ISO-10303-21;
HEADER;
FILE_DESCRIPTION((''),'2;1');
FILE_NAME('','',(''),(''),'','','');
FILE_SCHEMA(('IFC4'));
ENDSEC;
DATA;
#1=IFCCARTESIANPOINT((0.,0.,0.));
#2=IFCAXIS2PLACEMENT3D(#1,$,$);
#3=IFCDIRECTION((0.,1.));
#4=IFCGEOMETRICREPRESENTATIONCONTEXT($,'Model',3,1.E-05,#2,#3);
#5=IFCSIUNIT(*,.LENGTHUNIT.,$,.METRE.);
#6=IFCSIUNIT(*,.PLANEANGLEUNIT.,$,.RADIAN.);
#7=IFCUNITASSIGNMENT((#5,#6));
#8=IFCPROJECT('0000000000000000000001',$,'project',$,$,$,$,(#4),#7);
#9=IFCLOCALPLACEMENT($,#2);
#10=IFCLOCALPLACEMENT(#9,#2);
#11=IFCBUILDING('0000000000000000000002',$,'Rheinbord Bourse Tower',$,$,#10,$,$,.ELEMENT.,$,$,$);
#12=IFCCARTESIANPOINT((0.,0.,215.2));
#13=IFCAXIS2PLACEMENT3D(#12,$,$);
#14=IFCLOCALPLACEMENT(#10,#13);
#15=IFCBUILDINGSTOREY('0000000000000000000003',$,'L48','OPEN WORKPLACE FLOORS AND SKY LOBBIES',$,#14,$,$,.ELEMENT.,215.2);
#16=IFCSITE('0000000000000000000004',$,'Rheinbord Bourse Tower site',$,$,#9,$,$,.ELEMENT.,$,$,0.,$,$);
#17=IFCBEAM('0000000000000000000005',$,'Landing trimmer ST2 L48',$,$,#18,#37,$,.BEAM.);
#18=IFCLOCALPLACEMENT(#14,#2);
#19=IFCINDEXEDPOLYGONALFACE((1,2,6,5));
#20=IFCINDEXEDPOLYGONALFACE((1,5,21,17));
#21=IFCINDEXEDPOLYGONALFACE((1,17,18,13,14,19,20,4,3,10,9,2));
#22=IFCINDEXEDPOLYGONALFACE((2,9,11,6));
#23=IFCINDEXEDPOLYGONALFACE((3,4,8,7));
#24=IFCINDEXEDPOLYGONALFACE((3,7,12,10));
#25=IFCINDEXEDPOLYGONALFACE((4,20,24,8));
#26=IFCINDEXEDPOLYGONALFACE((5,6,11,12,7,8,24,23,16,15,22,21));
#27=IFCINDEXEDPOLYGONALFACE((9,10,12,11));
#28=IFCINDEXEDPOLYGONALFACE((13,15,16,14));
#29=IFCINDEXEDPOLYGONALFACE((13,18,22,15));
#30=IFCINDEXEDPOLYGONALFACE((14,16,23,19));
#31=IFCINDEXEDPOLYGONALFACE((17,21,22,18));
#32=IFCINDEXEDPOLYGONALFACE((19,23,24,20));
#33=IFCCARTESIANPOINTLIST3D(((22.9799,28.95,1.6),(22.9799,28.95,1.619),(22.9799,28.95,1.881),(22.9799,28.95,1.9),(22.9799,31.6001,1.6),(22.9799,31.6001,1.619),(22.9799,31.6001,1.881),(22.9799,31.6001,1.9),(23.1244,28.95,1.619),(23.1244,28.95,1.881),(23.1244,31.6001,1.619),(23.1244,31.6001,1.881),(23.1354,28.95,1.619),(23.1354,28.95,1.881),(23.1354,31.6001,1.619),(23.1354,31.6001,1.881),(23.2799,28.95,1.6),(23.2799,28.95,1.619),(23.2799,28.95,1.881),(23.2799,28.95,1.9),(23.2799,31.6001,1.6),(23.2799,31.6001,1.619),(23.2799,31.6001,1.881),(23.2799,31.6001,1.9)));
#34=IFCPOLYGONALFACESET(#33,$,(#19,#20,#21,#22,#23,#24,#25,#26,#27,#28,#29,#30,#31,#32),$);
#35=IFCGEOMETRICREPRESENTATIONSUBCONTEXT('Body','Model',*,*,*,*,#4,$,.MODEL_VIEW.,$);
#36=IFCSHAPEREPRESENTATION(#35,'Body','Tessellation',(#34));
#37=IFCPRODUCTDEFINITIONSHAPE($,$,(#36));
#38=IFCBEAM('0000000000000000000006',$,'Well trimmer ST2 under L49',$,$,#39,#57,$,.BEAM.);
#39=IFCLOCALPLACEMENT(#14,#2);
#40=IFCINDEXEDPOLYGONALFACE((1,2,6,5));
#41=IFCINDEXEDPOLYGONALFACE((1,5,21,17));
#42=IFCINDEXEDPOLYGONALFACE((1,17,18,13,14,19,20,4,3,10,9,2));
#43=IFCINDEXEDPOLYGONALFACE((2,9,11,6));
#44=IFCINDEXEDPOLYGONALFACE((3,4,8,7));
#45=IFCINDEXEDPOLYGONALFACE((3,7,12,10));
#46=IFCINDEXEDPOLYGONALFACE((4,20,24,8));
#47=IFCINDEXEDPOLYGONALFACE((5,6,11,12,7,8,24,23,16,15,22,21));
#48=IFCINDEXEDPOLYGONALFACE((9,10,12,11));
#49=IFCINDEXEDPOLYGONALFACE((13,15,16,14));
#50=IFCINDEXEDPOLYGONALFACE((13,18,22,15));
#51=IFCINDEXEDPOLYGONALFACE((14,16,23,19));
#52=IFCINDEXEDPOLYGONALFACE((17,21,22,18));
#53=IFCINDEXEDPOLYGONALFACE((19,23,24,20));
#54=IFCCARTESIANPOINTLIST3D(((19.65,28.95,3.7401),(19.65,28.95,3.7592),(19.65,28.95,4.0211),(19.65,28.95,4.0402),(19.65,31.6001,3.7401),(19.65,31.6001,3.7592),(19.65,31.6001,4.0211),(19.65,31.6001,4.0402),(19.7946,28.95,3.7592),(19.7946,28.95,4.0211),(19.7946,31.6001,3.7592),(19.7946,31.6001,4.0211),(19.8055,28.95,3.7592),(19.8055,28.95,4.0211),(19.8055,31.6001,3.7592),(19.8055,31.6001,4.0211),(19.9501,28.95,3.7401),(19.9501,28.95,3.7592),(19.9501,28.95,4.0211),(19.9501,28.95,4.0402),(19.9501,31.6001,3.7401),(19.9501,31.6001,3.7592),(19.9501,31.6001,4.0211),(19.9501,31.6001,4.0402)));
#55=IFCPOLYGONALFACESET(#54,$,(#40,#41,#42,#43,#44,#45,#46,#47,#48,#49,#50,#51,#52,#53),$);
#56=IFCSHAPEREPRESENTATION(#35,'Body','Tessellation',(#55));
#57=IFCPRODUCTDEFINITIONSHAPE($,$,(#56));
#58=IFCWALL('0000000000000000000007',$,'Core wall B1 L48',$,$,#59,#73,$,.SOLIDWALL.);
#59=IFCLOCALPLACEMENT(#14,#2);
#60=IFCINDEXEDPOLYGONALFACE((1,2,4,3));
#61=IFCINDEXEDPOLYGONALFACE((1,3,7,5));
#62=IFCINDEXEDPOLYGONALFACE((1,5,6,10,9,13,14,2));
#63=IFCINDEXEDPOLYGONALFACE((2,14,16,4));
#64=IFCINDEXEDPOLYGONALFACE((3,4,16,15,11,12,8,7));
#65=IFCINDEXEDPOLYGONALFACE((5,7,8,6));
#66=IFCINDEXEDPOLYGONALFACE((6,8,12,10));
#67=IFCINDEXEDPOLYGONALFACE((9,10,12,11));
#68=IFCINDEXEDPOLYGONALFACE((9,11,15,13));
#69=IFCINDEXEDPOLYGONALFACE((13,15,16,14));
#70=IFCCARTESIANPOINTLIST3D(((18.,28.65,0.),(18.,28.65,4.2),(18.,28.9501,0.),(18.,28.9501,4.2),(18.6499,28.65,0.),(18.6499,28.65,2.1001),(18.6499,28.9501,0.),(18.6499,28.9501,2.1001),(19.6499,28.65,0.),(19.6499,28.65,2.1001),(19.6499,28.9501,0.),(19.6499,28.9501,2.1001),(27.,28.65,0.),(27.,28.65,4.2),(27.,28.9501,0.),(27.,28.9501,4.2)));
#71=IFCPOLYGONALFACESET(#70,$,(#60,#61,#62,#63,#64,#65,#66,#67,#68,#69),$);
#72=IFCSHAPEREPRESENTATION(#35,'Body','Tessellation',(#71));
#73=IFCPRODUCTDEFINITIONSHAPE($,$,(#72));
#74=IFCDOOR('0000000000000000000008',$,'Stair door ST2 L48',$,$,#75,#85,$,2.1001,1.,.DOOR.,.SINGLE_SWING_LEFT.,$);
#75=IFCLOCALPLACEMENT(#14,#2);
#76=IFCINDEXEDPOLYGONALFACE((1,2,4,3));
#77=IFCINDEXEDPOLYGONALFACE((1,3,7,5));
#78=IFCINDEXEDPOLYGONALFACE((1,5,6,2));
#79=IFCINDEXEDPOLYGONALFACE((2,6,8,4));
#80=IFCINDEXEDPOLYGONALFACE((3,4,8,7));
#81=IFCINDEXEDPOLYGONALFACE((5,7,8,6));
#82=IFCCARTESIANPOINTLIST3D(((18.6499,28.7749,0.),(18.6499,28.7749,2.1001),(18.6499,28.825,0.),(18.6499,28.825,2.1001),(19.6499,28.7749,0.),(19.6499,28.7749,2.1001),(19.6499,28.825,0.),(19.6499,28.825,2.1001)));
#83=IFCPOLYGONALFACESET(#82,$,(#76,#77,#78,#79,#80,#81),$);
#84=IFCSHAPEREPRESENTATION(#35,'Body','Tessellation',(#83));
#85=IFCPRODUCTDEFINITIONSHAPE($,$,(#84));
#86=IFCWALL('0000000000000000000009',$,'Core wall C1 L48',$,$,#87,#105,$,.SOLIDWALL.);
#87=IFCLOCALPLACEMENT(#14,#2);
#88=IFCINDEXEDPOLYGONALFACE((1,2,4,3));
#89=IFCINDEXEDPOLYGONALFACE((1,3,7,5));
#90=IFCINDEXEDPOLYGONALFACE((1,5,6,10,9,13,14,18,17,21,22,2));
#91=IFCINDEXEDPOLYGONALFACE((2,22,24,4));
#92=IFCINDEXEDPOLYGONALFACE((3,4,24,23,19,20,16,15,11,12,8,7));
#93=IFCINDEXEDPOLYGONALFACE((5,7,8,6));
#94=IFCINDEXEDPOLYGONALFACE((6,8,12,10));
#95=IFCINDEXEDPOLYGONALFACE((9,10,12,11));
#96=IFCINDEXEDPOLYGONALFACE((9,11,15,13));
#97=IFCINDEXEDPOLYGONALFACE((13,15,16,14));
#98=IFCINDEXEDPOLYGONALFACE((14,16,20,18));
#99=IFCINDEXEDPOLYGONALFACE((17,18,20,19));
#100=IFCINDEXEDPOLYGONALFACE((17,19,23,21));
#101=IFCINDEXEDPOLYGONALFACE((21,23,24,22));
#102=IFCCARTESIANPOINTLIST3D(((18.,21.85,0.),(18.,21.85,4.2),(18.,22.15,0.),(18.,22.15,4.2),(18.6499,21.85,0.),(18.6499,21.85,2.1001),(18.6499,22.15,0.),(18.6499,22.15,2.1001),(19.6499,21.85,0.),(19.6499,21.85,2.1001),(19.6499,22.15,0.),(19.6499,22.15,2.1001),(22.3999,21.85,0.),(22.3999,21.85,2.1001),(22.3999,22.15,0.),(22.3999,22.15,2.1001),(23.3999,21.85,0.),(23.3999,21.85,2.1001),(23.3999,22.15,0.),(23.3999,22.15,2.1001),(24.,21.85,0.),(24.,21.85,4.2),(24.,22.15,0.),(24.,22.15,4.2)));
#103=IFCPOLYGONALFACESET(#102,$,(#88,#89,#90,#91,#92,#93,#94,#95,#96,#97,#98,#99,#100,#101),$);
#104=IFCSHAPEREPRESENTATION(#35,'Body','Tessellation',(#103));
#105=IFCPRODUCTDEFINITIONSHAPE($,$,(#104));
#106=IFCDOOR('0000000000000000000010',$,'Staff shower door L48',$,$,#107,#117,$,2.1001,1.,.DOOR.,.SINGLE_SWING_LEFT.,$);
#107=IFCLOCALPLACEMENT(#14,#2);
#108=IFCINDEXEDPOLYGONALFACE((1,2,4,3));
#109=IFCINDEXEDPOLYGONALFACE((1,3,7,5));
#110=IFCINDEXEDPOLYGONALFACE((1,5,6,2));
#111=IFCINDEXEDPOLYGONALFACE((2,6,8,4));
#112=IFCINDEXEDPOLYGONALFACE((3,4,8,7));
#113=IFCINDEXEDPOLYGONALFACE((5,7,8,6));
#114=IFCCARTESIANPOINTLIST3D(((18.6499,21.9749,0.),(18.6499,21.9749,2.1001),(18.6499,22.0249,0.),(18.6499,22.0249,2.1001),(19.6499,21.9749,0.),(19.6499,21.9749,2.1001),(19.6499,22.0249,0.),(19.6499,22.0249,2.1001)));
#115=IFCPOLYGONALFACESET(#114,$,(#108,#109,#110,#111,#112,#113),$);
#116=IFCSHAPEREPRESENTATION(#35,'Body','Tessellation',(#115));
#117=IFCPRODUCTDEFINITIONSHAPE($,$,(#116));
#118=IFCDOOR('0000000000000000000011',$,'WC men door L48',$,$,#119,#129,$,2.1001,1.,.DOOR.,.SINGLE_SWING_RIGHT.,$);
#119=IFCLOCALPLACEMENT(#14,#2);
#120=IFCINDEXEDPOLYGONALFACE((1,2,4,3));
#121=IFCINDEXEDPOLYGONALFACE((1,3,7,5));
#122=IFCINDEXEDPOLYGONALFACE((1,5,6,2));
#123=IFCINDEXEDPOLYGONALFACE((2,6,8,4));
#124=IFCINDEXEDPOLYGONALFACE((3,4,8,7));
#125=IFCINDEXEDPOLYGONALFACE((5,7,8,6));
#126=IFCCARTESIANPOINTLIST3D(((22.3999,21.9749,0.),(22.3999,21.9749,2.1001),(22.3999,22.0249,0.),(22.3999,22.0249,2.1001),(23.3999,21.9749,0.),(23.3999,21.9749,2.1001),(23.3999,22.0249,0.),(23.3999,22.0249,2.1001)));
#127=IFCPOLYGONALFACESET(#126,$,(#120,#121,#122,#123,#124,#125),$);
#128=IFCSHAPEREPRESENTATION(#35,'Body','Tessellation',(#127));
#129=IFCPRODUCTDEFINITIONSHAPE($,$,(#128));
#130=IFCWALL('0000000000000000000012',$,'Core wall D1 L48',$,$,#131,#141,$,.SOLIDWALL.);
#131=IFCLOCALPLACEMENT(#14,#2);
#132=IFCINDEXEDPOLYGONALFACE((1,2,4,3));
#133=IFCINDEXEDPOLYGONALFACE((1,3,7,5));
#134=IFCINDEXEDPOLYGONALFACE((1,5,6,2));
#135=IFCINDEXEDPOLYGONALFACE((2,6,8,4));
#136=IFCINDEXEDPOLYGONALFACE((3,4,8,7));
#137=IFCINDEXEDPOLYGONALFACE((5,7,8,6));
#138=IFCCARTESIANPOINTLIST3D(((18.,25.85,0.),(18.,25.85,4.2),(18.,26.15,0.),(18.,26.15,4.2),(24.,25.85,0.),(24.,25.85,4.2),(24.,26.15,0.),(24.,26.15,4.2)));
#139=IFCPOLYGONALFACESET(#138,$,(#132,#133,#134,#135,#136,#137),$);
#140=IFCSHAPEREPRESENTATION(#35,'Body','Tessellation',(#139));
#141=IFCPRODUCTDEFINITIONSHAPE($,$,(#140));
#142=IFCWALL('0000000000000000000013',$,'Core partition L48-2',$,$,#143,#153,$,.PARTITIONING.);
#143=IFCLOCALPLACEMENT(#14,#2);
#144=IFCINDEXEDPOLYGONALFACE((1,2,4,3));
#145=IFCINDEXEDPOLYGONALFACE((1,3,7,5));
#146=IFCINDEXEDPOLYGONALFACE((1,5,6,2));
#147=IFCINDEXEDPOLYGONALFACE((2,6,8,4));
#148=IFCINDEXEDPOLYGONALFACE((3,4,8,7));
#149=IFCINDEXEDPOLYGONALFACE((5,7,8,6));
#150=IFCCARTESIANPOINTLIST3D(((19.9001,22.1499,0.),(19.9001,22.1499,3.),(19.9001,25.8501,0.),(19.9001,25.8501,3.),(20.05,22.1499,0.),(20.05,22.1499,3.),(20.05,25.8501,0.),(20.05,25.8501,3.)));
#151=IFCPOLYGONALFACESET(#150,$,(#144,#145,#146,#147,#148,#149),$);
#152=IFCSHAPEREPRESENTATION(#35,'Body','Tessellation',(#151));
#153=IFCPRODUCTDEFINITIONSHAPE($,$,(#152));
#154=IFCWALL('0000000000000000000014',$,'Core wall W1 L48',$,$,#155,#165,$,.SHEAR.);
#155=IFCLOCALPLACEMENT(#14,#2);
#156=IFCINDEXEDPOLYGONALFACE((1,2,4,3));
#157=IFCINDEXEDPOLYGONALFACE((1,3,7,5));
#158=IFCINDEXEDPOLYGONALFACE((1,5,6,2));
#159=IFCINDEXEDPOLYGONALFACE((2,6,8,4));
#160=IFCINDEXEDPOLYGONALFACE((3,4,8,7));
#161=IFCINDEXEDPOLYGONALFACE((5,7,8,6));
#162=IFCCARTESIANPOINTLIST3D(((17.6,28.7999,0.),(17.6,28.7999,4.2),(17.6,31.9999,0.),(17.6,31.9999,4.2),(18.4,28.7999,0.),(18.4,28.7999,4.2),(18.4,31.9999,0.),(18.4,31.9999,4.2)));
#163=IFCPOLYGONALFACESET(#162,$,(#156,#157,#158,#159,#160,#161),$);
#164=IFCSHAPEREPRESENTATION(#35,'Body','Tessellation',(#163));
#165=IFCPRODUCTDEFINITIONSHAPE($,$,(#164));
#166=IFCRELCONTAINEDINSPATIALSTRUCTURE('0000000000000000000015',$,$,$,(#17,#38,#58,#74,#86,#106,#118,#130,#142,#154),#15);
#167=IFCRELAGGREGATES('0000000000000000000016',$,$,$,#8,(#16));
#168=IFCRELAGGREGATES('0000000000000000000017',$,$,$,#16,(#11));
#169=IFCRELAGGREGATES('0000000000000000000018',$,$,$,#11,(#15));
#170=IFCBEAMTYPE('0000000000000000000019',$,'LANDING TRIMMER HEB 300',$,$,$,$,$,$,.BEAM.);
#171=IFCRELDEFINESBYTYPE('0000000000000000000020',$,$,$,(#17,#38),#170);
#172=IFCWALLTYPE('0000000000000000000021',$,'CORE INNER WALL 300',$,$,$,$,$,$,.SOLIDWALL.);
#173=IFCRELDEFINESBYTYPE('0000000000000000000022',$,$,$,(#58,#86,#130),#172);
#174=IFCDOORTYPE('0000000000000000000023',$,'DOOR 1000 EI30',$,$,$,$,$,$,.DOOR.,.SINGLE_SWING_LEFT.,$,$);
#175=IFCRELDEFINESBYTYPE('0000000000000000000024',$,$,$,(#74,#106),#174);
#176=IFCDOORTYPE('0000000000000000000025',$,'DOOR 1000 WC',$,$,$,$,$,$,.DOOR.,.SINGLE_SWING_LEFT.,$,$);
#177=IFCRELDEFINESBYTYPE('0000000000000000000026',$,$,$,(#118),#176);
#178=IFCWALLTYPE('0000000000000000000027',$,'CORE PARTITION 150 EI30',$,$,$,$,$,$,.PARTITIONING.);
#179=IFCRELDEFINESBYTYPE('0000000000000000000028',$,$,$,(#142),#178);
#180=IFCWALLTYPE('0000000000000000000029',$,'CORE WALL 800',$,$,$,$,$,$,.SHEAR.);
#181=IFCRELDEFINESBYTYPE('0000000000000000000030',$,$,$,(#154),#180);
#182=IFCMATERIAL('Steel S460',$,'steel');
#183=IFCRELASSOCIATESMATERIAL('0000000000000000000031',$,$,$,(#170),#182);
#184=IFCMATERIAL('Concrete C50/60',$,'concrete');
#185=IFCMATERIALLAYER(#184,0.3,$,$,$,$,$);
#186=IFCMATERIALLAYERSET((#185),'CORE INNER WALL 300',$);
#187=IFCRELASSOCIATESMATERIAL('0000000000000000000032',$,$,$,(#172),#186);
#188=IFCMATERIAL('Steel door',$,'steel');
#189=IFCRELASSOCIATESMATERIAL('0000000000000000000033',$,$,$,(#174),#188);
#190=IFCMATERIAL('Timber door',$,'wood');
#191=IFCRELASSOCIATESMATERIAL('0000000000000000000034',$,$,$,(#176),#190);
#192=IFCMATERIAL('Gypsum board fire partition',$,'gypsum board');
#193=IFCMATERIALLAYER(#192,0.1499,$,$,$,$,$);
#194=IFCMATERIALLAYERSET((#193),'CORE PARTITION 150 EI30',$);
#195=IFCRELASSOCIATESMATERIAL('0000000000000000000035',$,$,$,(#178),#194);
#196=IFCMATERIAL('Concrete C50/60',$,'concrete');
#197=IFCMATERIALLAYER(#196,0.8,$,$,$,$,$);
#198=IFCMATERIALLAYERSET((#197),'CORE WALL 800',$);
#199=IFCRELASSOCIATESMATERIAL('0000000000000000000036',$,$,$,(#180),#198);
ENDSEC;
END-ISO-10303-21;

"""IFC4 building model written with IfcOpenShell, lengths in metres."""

from ifc_helpers import new_model, si_unit, direction, frame, frame_2d, origin, origin_2d, place, context, subcontext, project, spatial, rectangle, i_section, extrude, material, layer, layer_set, material_profile, profile_set, type_object, element, fill, save


model = new_model("IFC4")

# Units and contexts
model_context = context("Model", 3, precision=1e-05, world=origin(), true_north=direction((0.0, 1.0)))
body_context = subcontext(model_context, "Body", "Model", "MODEL_VIEW")
ifc_project = project(units=[si_unit("LENGTHUNIT", "METRE"), si_unit("PLANEANGLEUNIT", "RADIAN")], contexts=[model_context])

# Site, building, storey
site_placement = place(None, origin())
site = spatial("IfcSite", under=ifc_project, at=site_placement, Name="Rheinbord Bourse Tower site", CompositionType="ELEMENT", RefElevation=0.0)
building_placement = place(site_placement, origin())
building = spatial("IfcBuilding", under=site, at=building_placement, Name="Rheinbord Bourse Tower", CompositionType="ELEMENT")
storey_placement = place(building_placement, frame((0.0, 0.0, 215.2)))
storey = spatial("IfcBuildingStorey", under=building, at=storey_placement, Name="L48", Description="OPEN WORKPLACE FLOORS AND SKY LOBBIES", CompositionType="ELEMENT", Elevation=215.2)

# Beams
ifc_material_1 = material(Name="Steel S460", Category="steel")
ifc_material_profile = material_profile(ifc_material_1, i_section(OverallWidth=0.3, OverallDepth=0.3, WebThickness=0.011, FlangeThickness=0.019, at=origin_2d()), Name="HEB 300")
ifc_profile_set = profile_set([ifc_material_profile], Name="Steel S460")
beam_type = type_object("IfcBeamType", Name="LANDING TRIMMER HEB 300", PredefinedType="BEAM", material=ifc_profile_set)
for number, where, z_axis, x_axis, name in (
    (1, (23.1299, 28.95, 1.75), (0.0, 1.0, 0.0), (-1.0, 0.0, 0.0), "Landing trimmer ST2 L48"),
    (2, (19.8, 28.95, 3.8901), (0.0, 1.0, 0.0), (-1.0, 0.0, 0.0), "Well trimmer ST2 under L49"),
):
    element("IfcBeam", number, at=place(storey_placement, frame(where, z_axis=z_axis, x_axis=x_axis)), inside=storey, type_object=beam_type, Name=name, PredefinedType="BEAM", context=body_context, shape_type="SweptSolid", body=[
        extrude(i_section(OverallWidth=0.3, OverallDepth=0.3, WebThickness=0.011, FlangeThickness=0.019, at=origin_2d()), origin(), (0.0, 0.0, 1.0), 2.6501),
    ])

# Wall, opening, door
ifc_material_2 = material(Name="Concrete C50/60", Category="concrete")
ifc_layer_1 = layer(ifc_material_2, 0.3)
ifc_layer_set_1 = layer_set([ifc_layer_1], Name="CORE INNER WALL 300")
wall_type_1 = type_object("IfcWallType", Name="CORE INNER WALL 300", PredefinedType="SOLIDWALL", material=ifc_layer_set_1)
wall_1_placement = place(storey_placement, frame((18.0, 28.8, 0.0), z_axis=(0.0, 0.0, 1.0), x_axis=(1.0, 0.0, 0.0)))
wall_1 = element("IfcWall", 3, at=wall_1_placement, inside=storey, type_object=wall_type_1, Name="Core wall B1 L48", PredefinedType="SOLIDWALL", context=body_context, shape_type="SweptSolid", body=[
    extrude(rectangle(XDim=9.0, YDim=0.3, at=frame_2d((4.5, 0.0))), origin(), (0.0, 0.0, 1.0), 4.2),
])
opening_1_placement = place(wall_1_placement, frame((0.6499, 0.0, 0.0)))
opening_1 = element("IfcOpeningElement", 4, at=opening_1_placement, cuts=wall_1, PredefinedType="OPENING", context=body_context, shape_type="SweptSolid", body=[
    extrude(rectangle(XDim=1.0, YDim=2.1001, at=frame_2d((0.5, 1.05))), frame((0.0, 0.1599, 0.0), z_axis=(0.0, -1.0, 0.0), x_axis=(1.0, 0.0, 0.0)), (0.0, 0.0, 1.0), 0.3201),
])
ifc_material_3 = material(Name="Steel door", Category="steel")
door_type_1 = type_object("IfcDoorType", Name="DOOR 1000 EI30", OperationType="SINGLE_SWING_LEFT", PredefinedType="DOOR", material=ifc_material_3)
door_1_placement = place(opening_1_placement, origin())
door_1 = element("IfcDoor", 5, at=door_1_placement, inside=storey, type_object=door_type_1, Name="Stair door ST2 L48", OperationType="SINGLE_SWING_LEFT", OverallHeight=2.1001, OverallWidth=1.0, PredefinedType="DOOR", context=body_context, shape_type="SweptSolid", body=[
    extrude(rectangle(XDim=1.0, YDim=2.1001, at=frame_2d((0.5, 1.05))), frame((0.0, 0.0249, 0.0), z_axis=(0.0, -1.0, 0.0), x_axis=(1.0, 0.0, 0.0)), (0.0, 0.0, 1.0), 0.05),
])
fill(opening_1, door_1)

# Wall, openings, doors
wall_2_placement = place(storey_placement, frame((18.0, 22.0, 0.0), z_axis=(0.0, 0.0, 1.0), x_axis=(1.0, 0.0, 0.0)))
wall_2 = element("IfcWall", 6, at=wall_2_placement, inside=storey, type_object=wall_type_1, Name="Core wall C1 L48", PredefinedType="SOLIDWALL", context=body_context, shape_type="SweptSolid", body=[
    extrude(rectangle(XDim=6.0, YDim=0.3, at=frame_2d((3.0, 0.0))), origin(), (0.0, 0.0, 1.0), 4.2),
])
opening_2_placement = place(wall_2_placement, frame((4.3999, 0.0, 0.0)))
opening_2 = element("IfcOpeningElement", 7, at=opening_2_placement, cuts=wall_2, PredefinedType="OPENING", context=body_context, shape_type="SweptSolid", body=[
    extrude(rectangle(XDim=1.0, YDim=2.1001, at=frame_2d((0.5, 1.05))), frame((0.0, 0.1599, 0.0), z_axis=(0.0, -1.0, 0.0), x_axis=(1.0, 0.0, 0.0)), (0.0, 0.0, 1.0), 0.3201),
])
opening_3_placement = place(wall_2_placement, frame((0.6499, 0.0, 0.0)))
opening_3 = element("IfcOpeningElement", 8, at=opening_3_placement, cuts=wall_2, PredefinedType="OPENING", context=body_context, shape_type="SweptSolid", body=[
    extrude(rectangle(XDim=1.0, YDim=2.1001, at=frame_2d((0.5, 1.05))), frame((0.0, 0.1599, 0.0), z_axis=(0.0, -1.0, 0.0), x_axis=(1.0, 0.0, 0.0)), (0.0, 0.0, 1.0), 0.3201),
])
door_2_placement = place(opening_3_placement, origin())
door_2 = element("IfcDoor", 9, at=door_2_placement, inside=storey, type_object=door_type_1, Name="Staff shower door L48", OperationType="SINGLE_SWING_LEFT", OverallHeight=2.1001, OverallWidth=1.0, PredefinedType="DOOR", context=body_context, shape_type="SweptSolid", body=[
    extrude(rectangle(XDim=1.0, YDim=2.1001, at=frame_2d((0.5, 1.05))), frame((0.0, 0.0249, 0.0), z_axis=(0.0, -1.0, 0.0), x_axis=(1.0, 0.0, 0.0)), (0.0, 0.0, 1.0), 0.05),
])
fill(opening_3, door_2)
ifc_material_4 = material(Name="Timber door", Category="wood")
door_type_2 = type_object("IfcDoorType", Name="DOOR 1000 WC", OperationType="SINGLE_SWING_LEFT", PredefinedType="DOOR", material=ifc_material_4)
door_3_placement = place(opening_2_placement, origin())
door_3 = element("IfcDoor", 10, at=door_3_placement, inside=storey, type_object=door_type_2, Name="WC men door L48", OperationType="SINGLE_SWING_RIGHT", OverallHeight=2.1001, OverallWidth=1.0, PredefinedType="DOOR", context=body_context, shape_type="SweptSolid", body=[
    extrude(rectangle(XDim=1.0, YDim=2.1001, at=frame_2d((0.5, 1.05))), frame((0.0, 0.0249, 0.0), z_axis=(0.0, -1.0, 0.0), x_axis=(1.0, 0.0, 0.0)), (0.0, 0.0, 1.0), 0.05),
])
fill(opening_2, door_3)

# Walls
wall_3_placement = place(storey_placement, frame((18.0, 26.0, 0.0), z_axis=(0.0, 0.0, 1.0), x_axis=(1.0, 0.0, 0.0)))
element("IfcWall", 11, at=wall_3_placement, inside=storey, type_object=wall_type_1, Name="Core wall D1 L48", PredefinedType="SOLIDWALL", context=body_context, shape_type="SweptSolid", body=[
    extrude(rectangle(XDim=6.0, YDim=0.3, at=frame_2d((3.0, 0.0))), origin(), (0.0, 0.0, 1.0), 4.2),
])
ifc_material_5 = material(Name="Gypsum board fire partition", Category="gypsum board")
ifc_layer_2 = layer(ifc_material_5, 0.1499)
ifc_layer_set_2 = layer_set([ifc_layer_2], Name="CORE PARTITION 150 EI30")
wall_type_2 = type_object("IfcWallType", Name="CORE PARTITION 150 EI30", PredefinedType="PARTITIONING", material=ifc_layer_set_2)
wall_4_placement = place(storey_placement, frame((19.9751, 22.1499, 0.0), z_axis=(0.0, 0.0, 1.0), x_axis=(0.0, 1.0, 0.0)))
element("IfcWall", 12, at=wall_4_placement, inside=storey, type_object=wall_type_2, Name="Core partition L48-2", PredefinedType="PARTITIONING", context=body_context, shape_type="SweptSolid", body=[
    extrude(rectangle(XDim=3.7002, YDim=0.1499, at=frame_2d((1.8501, 0.0))), origin(), (0.0, 0.0, 1.0), 3.0),
])
ifc_material_6 = material(Name="Concrete C50/60", Category="concrete")
ifc_layer_3 = layer(ifc_material_6, 0.8)
ifc_layer_set_3 = layer_set([ifc_layer_3], Name="CORE WALL 800")
wall_type_3 = type_object("IfcWallType", Name="CORE WALL 800", PredefinedType="SHEAR", material=ifc_layer_set_3)
wall_5_placement = place(storey_placement, frame((18.0, 32.0, 0.0), z_axis=(0.0, 0.0, 1.0), x_axis=(0.0, -1.0, 0.0)))
element("IfcWall", 13, at=wall_5_placement, inside=storey, type_object=wall_type_3, Name="Core wall W1 L48", PredefinedType="SHEAR", context=body_context, shape_type="SweptSolid", body=[
    extrude(rectangle(XDim=3.2, YDim=0.8, at=frame_2d((1.6001, 0.0))), origin(), (0.0, 0.0, 1.0), 4.2),
])

save(model, "model.ifc")
